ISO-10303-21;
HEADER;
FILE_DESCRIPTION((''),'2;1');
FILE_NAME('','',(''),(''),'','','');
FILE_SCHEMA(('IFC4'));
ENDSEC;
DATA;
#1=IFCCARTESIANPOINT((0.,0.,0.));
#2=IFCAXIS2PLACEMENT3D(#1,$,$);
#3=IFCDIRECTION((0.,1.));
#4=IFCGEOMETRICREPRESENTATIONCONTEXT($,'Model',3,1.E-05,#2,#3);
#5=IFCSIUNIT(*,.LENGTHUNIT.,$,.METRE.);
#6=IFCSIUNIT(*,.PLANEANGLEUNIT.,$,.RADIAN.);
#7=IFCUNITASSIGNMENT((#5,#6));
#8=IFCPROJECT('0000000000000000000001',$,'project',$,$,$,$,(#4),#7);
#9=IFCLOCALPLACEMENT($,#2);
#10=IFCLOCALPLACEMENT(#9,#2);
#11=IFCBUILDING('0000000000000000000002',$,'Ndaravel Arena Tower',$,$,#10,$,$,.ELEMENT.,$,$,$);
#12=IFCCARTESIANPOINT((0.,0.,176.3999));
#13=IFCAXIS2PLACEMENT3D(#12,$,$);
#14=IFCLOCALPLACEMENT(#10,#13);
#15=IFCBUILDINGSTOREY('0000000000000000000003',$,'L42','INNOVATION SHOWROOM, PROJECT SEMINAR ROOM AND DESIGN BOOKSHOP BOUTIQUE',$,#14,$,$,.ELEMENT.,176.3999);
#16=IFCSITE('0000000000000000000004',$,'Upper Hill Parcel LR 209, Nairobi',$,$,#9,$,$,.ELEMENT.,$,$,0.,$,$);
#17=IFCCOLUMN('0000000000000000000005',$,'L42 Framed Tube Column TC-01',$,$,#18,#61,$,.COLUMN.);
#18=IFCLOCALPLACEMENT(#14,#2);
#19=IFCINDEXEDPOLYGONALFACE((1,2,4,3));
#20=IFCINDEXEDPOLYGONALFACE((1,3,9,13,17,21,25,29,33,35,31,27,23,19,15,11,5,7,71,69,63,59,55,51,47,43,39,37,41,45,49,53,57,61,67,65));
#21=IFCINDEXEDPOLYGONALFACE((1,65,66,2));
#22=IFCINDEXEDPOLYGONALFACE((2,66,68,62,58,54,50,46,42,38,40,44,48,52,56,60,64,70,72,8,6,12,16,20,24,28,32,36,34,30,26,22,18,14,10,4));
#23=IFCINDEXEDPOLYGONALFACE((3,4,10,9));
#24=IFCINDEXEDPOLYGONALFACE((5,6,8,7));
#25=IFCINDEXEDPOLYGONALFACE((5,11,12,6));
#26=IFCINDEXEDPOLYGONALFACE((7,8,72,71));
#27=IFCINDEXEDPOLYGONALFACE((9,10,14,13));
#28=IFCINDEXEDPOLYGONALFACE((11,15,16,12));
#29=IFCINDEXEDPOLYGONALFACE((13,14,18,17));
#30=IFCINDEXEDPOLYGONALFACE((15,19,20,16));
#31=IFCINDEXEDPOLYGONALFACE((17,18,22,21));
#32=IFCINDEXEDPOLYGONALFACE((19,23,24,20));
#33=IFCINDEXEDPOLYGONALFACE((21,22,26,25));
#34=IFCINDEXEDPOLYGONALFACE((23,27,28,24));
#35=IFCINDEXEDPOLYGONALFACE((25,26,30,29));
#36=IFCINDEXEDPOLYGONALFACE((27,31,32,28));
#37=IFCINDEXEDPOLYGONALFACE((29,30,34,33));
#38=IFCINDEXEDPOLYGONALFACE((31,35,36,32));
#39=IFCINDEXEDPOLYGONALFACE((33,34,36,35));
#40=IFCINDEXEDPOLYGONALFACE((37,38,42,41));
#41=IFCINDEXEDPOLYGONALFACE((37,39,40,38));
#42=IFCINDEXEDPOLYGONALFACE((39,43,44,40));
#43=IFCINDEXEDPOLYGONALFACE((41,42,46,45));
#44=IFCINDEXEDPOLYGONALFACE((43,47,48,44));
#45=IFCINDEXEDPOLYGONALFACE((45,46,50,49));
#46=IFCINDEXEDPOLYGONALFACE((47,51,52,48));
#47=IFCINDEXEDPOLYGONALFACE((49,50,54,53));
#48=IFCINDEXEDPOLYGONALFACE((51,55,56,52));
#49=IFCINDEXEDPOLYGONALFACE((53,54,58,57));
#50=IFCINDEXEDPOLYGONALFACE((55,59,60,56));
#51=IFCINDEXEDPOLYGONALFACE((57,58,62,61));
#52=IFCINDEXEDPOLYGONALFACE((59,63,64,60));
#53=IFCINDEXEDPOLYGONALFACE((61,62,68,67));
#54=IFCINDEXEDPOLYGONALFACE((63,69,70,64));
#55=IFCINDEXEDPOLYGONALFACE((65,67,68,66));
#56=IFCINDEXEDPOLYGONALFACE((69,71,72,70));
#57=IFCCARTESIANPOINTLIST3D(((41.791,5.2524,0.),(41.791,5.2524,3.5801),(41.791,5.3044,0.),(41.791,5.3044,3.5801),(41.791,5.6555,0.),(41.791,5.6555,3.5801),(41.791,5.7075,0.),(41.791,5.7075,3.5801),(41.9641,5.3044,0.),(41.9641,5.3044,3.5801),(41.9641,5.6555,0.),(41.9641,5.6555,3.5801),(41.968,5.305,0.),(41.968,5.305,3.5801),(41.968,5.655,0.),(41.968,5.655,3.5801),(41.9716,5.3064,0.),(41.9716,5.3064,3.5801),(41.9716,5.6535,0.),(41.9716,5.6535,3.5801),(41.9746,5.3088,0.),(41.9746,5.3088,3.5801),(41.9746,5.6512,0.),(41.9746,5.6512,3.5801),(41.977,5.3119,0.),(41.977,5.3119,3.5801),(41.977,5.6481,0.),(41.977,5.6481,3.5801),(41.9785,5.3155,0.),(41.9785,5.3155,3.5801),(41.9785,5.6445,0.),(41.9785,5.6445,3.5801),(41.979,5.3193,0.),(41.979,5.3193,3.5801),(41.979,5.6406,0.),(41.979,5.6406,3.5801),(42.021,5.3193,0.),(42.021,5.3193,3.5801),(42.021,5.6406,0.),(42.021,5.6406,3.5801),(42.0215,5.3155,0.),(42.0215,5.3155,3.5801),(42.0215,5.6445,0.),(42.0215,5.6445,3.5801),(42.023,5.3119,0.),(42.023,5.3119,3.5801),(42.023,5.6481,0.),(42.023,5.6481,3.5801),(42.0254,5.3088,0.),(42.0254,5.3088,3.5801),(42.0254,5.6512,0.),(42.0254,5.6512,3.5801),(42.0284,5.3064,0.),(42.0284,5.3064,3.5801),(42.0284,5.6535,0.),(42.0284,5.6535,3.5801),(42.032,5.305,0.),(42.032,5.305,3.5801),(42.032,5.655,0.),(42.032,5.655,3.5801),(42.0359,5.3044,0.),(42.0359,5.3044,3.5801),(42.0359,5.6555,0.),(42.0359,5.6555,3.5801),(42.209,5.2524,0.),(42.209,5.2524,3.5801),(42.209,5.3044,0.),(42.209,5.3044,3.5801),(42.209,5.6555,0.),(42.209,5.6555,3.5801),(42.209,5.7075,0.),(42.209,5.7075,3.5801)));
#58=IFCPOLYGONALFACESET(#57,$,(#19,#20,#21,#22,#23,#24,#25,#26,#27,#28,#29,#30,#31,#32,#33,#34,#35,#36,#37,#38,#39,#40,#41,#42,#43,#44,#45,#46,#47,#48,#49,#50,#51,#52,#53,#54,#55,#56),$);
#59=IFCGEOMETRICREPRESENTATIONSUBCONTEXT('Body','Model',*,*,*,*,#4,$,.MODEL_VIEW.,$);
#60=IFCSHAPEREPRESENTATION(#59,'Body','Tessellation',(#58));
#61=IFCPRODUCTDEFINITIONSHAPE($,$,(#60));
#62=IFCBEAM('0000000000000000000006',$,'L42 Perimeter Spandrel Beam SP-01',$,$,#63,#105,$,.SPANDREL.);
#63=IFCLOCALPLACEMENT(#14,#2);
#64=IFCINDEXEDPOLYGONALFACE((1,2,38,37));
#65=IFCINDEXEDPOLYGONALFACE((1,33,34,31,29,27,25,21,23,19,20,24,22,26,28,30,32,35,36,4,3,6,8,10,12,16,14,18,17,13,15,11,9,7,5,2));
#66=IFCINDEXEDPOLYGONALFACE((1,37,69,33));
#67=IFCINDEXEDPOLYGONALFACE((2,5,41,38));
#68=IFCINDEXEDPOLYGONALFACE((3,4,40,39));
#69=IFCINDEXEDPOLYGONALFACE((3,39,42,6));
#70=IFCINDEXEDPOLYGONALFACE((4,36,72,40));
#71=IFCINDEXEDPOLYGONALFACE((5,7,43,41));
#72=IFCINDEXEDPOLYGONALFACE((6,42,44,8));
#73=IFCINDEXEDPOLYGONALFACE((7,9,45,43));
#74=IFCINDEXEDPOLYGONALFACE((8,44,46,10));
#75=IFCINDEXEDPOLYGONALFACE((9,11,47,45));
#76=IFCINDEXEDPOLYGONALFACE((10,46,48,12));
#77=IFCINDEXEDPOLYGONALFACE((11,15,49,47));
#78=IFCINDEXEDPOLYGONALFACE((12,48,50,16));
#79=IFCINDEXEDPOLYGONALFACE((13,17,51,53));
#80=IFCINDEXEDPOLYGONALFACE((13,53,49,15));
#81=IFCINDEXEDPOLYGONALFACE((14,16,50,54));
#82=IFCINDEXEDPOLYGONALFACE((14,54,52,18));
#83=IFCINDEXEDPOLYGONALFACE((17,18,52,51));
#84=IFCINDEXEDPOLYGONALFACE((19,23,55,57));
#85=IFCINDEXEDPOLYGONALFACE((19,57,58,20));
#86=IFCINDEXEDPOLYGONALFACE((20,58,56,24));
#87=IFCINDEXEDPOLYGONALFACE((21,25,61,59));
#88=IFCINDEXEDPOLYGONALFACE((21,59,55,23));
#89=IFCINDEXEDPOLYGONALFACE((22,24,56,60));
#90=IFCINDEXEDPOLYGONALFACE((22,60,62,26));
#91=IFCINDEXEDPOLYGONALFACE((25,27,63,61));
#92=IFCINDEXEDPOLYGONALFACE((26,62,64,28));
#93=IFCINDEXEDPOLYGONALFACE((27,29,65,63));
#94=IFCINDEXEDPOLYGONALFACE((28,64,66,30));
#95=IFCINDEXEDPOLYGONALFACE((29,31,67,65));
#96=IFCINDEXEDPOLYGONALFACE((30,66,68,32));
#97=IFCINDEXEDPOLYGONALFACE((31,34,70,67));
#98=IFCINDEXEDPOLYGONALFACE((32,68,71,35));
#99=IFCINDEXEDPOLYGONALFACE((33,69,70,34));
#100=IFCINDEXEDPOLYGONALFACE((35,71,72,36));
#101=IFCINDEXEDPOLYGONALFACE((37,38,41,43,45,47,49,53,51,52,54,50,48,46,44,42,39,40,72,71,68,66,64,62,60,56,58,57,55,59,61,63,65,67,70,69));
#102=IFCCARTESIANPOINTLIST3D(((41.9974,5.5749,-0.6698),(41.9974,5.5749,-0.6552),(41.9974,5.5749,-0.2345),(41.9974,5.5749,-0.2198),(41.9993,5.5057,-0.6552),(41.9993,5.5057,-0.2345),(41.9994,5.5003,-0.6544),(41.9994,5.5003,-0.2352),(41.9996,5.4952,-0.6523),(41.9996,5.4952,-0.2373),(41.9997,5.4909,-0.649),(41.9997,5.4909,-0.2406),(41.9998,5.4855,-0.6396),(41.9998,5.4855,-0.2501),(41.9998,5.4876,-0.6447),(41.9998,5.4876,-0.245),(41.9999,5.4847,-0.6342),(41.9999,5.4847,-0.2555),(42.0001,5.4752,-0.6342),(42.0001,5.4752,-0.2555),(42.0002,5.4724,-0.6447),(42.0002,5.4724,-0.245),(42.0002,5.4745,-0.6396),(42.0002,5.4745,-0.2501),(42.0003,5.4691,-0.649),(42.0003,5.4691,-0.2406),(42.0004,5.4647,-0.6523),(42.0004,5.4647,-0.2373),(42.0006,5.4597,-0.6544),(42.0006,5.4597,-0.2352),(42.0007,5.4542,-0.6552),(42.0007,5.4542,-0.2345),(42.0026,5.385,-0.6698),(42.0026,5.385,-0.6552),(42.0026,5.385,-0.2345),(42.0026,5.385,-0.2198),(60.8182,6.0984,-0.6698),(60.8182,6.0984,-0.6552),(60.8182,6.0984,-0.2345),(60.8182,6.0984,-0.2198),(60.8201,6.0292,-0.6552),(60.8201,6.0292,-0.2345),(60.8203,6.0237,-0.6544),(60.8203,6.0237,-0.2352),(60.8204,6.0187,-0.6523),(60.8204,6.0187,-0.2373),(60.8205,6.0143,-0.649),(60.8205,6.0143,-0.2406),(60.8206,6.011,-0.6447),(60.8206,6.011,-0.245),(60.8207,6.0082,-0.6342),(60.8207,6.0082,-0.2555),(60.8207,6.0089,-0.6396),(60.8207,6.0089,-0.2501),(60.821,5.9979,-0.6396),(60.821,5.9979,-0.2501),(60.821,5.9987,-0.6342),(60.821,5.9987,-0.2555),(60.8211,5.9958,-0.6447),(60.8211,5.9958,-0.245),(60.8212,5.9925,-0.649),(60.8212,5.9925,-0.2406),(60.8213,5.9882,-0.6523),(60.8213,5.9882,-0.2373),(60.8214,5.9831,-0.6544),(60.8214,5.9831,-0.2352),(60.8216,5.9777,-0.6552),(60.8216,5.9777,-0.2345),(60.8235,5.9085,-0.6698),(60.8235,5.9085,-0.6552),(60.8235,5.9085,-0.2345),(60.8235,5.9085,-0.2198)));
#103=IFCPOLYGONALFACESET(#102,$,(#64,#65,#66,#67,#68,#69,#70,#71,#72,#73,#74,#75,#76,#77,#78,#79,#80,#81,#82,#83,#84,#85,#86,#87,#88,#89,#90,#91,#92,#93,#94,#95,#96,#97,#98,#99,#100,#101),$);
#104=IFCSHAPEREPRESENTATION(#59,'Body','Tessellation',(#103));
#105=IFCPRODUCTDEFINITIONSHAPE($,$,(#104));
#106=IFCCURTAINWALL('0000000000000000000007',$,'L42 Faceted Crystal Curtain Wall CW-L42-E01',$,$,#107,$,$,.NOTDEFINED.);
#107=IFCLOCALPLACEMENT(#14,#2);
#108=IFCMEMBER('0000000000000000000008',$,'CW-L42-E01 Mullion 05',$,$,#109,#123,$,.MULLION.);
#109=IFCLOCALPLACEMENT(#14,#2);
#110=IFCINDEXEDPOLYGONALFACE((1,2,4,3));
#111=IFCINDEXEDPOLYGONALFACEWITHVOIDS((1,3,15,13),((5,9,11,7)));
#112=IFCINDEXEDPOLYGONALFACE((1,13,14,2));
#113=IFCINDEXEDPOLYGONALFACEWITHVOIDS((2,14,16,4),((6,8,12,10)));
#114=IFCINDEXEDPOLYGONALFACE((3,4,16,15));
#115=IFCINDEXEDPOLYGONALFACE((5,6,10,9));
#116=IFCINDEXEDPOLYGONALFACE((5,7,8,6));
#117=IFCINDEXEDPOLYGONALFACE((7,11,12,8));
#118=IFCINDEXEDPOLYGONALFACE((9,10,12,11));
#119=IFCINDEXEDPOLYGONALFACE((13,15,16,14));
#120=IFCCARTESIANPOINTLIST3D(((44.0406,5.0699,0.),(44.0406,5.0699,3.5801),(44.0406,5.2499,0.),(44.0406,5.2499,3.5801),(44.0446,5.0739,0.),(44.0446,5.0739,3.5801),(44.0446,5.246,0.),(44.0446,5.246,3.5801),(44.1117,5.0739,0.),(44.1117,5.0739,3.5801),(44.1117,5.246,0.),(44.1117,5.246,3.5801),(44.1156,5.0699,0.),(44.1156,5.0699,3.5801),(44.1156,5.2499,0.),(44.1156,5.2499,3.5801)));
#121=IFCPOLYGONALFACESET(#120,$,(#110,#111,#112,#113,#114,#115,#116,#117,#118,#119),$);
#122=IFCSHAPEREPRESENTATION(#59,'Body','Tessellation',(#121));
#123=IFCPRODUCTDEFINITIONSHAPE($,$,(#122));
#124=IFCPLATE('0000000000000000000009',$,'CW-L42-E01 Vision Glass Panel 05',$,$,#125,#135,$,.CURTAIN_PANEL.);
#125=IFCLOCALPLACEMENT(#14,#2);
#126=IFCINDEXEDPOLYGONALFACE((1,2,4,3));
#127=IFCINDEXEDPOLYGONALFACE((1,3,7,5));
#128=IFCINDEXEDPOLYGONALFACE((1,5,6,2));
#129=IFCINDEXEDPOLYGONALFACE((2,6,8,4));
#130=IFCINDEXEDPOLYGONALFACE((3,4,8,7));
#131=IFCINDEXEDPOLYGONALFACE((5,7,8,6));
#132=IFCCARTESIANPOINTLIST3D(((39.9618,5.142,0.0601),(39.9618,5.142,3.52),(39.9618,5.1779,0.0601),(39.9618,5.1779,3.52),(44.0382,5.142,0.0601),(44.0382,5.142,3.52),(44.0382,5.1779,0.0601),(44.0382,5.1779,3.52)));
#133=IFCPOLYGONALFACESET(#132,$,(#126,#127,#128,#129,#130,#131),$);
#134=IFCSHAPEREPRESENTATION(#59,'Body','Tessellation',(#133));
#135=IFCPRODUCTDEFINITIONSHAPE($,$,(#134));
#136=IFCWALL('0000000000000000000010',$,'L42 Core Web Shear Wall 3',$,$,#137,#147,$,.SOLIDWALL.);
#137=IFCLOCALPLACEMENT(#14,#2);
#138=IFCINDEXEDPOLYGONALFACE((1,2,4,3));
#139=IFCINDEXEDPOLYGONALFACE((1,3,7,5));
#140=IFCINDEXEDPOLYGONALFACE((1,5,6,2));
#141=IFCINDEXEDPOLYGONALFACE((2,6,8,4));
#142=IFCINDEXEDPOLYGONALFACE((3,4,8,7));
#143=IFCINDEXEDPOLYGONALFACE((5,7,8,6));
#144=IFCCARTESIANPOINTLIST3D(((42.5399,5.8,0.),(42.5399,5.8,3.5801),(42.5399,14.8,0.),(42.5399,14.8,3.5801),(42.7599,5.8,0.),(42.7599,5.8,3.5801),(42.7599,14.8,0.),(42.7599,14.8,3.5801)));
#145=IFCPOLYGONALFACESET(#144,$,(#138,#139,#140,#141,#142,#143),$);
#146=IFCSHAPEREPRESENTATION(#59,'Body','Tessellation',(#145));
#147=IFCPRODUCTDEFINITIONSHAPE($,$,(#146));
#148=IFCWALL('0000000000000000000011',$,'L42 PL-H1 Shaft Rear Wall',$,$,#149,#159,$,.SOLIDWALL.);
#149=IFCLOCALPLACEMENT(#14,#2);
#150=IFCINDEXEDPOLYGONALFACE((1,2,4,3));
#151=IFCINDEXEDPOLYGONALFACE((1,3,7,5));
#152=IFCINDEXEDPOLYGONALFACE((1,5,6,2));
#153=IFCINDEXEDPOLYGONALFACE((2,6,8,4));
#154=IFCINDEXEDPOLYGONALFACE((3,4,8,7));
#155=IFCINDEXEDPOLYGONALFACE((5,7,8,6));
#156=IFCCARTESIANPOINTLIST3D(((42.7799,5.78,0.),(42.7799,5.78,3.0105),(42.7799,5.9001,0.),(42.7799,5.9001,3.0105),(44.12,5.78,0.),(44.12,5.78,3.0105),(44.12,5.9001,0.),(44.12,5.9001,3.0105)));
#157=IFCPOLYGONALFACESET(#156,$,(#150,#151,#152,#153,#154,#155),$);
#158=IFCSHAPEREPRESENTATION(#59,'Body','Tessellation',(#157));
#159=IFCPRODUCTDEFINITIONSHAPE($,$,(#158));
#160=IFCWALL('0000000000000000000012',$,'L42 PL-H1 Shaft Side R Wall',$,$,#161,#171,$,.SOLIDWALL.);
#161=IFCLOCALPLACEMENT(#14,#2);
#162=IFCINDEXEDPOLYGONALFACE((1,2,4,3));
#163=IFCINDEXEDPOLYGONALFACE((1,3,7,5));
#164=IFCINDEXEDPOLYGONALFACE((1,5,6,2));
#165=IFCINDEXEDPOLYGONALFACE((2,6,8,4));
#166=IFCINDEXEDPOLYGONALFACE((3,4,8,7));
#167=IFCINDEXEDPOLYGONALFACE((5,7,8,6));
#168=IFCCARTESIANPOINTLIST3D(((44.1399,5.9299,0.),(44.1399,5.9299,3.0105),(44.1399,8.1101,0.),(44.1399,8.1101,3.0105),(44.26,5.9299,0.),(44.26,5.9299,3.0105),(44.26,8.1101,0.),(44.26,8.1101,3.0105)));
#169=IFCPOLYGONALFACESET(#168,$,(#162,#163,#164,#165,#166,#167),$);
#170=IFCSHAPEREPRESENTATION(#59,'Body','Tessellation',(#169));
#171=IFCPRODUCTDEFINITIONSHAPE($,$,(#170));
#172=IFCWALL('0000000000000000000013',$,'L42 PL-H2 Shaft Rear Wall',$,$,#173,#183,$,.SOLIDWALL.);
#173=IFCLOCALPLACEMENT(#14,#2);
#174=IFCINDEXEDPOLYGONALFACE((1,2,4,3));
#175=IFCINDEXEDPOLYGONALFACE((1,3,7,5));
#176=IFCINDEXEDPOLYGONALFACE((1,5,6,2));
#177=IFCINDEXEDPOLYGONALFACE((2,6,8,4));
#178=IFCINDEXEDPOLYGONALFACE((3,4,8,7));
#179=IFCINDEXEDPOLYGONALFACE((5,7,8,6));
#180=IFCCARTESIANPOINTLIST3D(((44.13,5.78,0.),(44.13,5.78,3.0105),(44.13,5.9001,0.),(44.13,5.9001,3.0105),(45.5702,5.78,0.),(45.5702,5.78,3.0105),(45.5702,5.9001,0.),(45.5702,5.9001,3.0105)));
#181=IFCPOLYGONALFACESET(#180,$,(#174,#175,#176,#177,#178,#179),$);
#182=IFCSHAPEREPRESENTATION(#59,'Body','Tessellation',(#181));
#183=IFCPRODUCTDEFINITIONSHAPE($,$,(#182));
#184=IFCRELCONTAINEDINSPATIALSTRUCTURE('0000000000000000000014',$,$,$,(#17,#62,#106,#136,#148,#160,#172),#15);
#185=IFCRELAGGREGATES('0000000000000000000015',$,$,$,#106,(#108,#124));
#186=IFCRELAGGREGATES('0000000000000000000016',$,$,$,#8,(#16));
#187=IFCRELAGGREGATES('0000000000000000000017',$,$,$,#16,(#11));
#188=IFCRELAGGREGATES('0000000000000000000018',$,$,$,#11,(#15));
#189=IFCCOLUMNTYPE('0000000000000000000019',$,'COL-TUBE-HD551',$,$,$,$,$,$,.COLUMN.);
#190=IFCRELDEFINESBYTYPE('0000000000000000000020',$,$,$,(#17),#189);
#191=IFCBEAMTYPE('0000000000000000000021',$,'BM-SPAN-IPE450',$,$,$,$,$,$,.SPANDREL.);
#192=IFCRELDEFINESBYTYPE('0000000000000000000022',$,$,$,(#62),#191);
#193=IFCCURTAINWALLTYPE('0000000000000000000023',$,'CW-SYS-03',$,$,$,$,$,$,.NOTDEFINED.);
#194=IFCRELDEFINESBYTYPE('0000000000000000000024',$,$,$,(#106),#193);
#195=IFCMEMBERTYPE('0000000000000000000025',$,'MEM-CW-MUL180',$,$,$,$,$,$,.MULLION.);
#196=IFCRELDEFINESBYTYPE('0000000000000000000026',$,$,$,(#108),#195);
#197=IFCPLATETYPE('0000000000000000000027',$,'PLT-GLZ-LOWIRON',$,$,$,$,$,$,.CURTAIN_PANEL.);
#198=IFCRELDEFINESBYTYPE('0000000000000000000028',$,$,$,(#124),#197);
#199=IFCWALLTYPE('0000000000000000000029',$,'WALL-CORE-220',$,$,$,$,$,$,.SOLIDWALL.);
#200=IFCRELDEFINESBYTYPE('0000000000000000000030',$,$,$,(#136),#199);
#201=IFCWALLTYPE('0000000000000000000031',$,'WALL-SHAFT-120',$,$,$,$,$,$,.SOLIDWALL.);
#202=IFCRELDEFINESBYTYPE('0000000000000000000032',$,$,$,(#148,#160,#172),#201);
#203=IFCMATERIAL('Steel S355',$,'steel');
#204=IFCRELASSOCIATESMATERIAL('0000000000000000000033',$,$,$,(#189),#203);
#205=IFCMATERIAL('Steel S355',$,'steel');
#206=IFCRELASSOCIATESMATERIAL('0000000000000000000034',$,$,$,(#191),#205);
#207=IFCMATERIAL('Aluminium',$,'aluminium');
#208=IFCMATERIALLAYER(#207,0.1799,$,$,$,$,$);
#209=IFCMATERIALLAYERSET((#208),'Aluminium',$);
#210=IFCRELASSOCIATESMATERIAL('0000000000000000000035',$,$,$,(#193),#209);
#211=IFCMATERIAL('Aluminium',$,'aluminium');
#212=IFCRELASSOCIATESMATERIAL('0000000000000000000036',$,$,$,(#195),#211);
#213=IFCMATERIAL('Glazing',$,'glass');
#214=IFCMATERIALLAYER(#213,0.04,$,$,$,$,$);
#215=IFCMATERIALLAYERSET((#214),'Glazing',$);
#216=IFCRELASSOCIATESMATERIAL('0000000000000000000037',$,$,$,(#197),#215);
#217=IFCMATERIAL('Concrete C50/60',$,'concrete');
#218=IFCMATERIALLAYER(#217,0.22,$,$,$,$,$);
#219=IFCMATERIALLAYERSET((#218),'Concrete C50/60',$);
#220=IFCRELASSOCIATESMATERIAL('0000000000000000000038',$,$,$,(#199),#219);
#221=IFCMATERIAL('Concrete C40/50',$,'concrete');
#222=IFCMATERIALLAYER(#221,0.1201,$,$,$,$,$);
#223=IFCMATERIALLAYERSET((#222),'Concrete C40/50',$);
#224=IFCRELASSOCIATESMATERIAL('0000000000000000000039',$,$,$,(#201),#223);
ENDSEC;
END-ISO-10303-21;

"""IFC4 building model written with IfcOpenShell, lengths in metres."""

from ifc_helpers import new_model, si_unit, direction, frame, frame_2d, origin, origin_2d, place, context, subcontext, project, spatial, rectangle, hollow_rectangle, i_section, extrude, material, layer, layer_set, material_profile, profile_set, type_object, element, aggregate, save


model = new_model("IFC4")

# Units and contexts
model_context = context("Model", 3, precision=1e-05, world=origin(), true_north=direction((0.0, 1.0)))
body_context = subcontext(model_context, "Body", "Model", "MODEL_VIEW")
ifc_project = project(units=[si_unit("LENGTHUNIT", "METRE"), si_unit("PLANEANGLEUNIT", "RADIAN")], contexts=[model_context])

# Site, building, storey
site_placement = place(None, origin())
site = spatial("IfcSite", under=ifc_project, at=site_placement, Name="Upper Hill Parcel LR 209, Nairobi", CompositionType="ELEMENT", RefElevation=0.0)
building_placement = place(site_placement, origin())
building = spatial("IfcBuilding", under=site, at=building_placement, Name="Ndaravel Arena Tower", CompositionType="ELEMENT")
storey_placement = place(building_placement, frame((0.0, 0.0, 176.3999)))
storey = spatial("IfcBuildingStorey", under=building, at=storey_placement, Name="L42", Description="INNOVATION SHOWROOM, PROJECT SEMINAR ROOM AND DESIGN BOOKSHOP BOUTIQUE", CompositionType="ELEMENT", Elevation=176.3999)

# Column
ifc_material_1 = material(Name="Steel S355", Category="steel")
ifc_material_profile_1 = material_profile(ifc_material_1, i_section(OverallWidth=0.418, OverallDepth=0.4551, WebThickness=0.042, FlangeThickness=0.052, FilletRadius=0.0149, at=origin_2d()), Name="HD 400x551")
ifc_profile_set_1 = profile_set([ifc_material_profile_1], Name="Steel S355")
column_type = type_object("IfcColumnType", Name="COL-TUBE-HD551", PredefinedType="COLUMN", material=ifc_profile_set_1)
column_placement = place(storey_placement, frame((42.0, 5.48, 0.0), z_axis=(0.0, 0.0, 1.0), x_axis=(1.0, 0.0, 0.0)))
element("IfcColumn", 1, at=column_placement, inside=storey, type_object=column_type, Name="L42 Framed Tube Column TC-01", PredefinedType="COLUMN", context=body_context, shape_type="SweptSolid", body=[
    extrude(i_section(OverallWidth=0.418, OverallDepth=0.4551, WebThickness=0.042, FlangeThickness=0.052, FilletRadius=0.0149, at=origin_2d()), origin(), (0.0, 0.0, 1.0), 3.5801),
])

# Beam
ifc_material_2 = material(Name="Steel S355", Category="steel")
ifc_material_profile_2 = material_profile(ifc_material_2, i_section(OverallWidth=0.1899, OverallDepth=0.45, WebThickness=0.0095, FlangeThickness=0.0146, FilletRadius=0.021, at=origin_2d()), Name="IPE 450")
ifc_profile_set_2 = profile_set([ifc_material_profile_2], Name="Steel S355")
beam_type = type_object("IfcBeamType", Name="BM-SPAN-IPE450", PredefinedType="SPANDREL", material=ifc_profile_set_2)
beam_placement = place(storey_placement, frame((42.0, 5.48, -0.4448), z_axis=(0.999613, 0.027801, 0.0), x_axis=(-0.027801, 0.999613, 0.0)))
element("IfcBeam", 2, at=beam_placement, inside=storey, type_object=beam_type, Name="L42 Perimeter Spandrel Beam SP-01", PredefinedType="SPANDREL", context=body_context, shape_type="SweptSolid", body=[
    extrude(i_section(OverallWidth=0.1899, OverallDepth=0.45, WebThickness=0.0095, FlangeThickness=0.0146, FilletRadius=0.021, at=origin_2d()), origin(), (0.0, 0.0, 1.0), 18.8281),
])

# Curtain wall, member, plate
ifc_material_3 = material(Name="Aluminium", Category="aluminium")
ifc_layer_1 = layer(ifc_material_3, 0.1799)
ifc_layer_set_1 = layer_set([ifc_layer_1], Name="Aluminium")
curtain_wall_type = type_object("IfcCurtainWallType", Name="CW-SYS-03", PredefinedType="NOTDEFINED", material=ifc_layer_set_1)
curtain_wall_placement = place(storey_placement, origin())
curtain_wall = element("IfcCurtainWall", 3, at=curtain_wall_placement, inside=storey, type_object=curtain_wall_type, Name="L42 Faceted Crystal Curtain Wall CW-L42-E01", PredefinedType="NOTDEFINED")
ifc_material_4 = material(Name="Aluminium", Category="aluminium")
ifc_material_profile_3 = material_profile(ifc_material_4, hollow_rectangle(XDim=0.075, YDim=0.1799, WallThickness=0.0039, at=origin_2d()), Name="CW MULLION 75x180x4")
ifc_profile_set_3 = profile_set([ifc_material_profile_3], Name="Aluminium")
member_type = type_object("IfcMemberType", Name="MEM-CW-MUL180", PredefinedType="MULLION", material=ifc_profile_set_3)
member_placement = place(storey_placement, frame((44.0781, 5.1599, 0.0), z_axis=(0.0, 0.0, 1.0), x_axis=(1.0, 0.0, 0.0)))
member = element("IfcMember", 4, at=member_placement, type_object=member_type, Name="CW-L42-E01 Mullion 05", PredefinedType="MULLION", context=body_context, shape_type="SweptSolid", body=[
    extrude(hollow_rectangle(XDim=0.075, YDim=0.1799, WallThickness=0.0039, at=origin_2d()), origin(), (0.0, 0.0, 1.0), 3.5801),
])
ifc_material_5 = material(Name="Glazing", Category="glass")
ifc_layer_2 = layer(ifc_material_5, 0.04)
ifc_layer_set_2 = layer_set([ifc_layer_2], Name="Glazing")
plate_type = type_object("IfcPlateType", Name="PLT-GLZ-LOWIRON", PredefinedType="CURTAIN_PANEL", material=ifc_layer_set_2)
plate_placement = place(storey_placement, frame((42.0, 5.1599, 0.0601), z_axis=(0.0, 0.0, 1.0), x_axis=(1.0, 0.0, 0.0)))
plate = element("IfcPlate", 5, at=plate_placement, type_object=plate_type, Name="CW-L42-E01 Vision Glass Panel 05", PredefinedType="CURTAIN_PANEL", context=body_context, shape_type="SweptSolid", body=[
    extrude(rectangle(XDim=4.0764, YDim=0.0359, at=origin_2d()), origin(), (0.0, 0.0, 1.0), 3.46),
])
aggregate(curtain_wall, [member, plate])

# Walls
ifc_material_6 = material(Name="Concrete C50/60", Category="concrete")
ifc_layer_3 = layer(ifc_material_6, 0.22)
ifc_layer_set_3 = layer_set([ifc_layer_3], Name="Concrete C50/60")
wall_type_1 = type_object("IfcWallType", Name="WALL-CORE-220", PredefinedType="SOLIDWALL", material=ifc_layer_set_3)
wall_1_placement = place(storey_placement, frame((42.6499, 5.8, 0.0), z_axis=(0.0, 0.0, 1.0), x_axis=(0.0, 1.0, 0.0)))
element("IfcWall", 6, at=wall_1_placement, inside=storey, type_object=wall_type_1, Name="L42 Core Web Shear Wall 3", PredefinedType="SOLIDWALL", context=body_context, shape_type="SweptSolid", body=[
    extrude(rectangle(XDim=9.0, YDim=0.22, at=frame_2d((4.5, 0.0))), origin(), (0.0, 0.0, 1.0), 3.5801),
])
ifc_material_7 = material(Name="Concrete C40/50", Category="concrete")
ifc_layer_4 = layer(ifc_material_7, 0.1201)
ifc_layer_set_4 = layer_set([ifc_layer_4], Name="Concrete C40/50")
wall_type_2 = type_object("IfcWallType", Name="WALL-SHAFT-120", PredefinedType="SOLIDWALL", material=ifc_layer_set_4)
wall_2_placement = place(storey_placement, frame((42.78, 5.8401, 0.0), z_axis=(0.0, 0.0, 1.0), x_axis=(1.0, 0.0, 0.0)))
element("IfcWall", 7, at=wall_2_placement, inside=storey, type_object=wall_type_2, Name="L42 PL-H1 Shaft Rear Wall", PredefinedType="SOLIDWALL", context=body_context, shape_type="SweptSolid", body=[
    extrude(rectangle(XDim=1.3401, YDim=0.1201, at=frame_2d((0.6699, 0.0))), origin(), (0.0, 0.0, 1.0), 3.0105),
])
wall_3_placement = place(storey_placement, frame((44.2, 5.9299, 0.0), z_axis=(0.0, 0.0, 1.0), x_axis=(0.0, 1.0, 0.0)))
element("IfcWall", 8, at=wall_3_placement, inside=storey, type_object=wall_type_2, Name="L42 PL-H1 Shaft Side R Wall", PredefinedType="SOLIDWALL", context=body_context, shape_type="SweptSolid", body=[
    extrude(rectangle(XDim=2.1802, YDim=0.1201, at=frame_2d((1.0901, 0.0))), origin(), (0.0, 0.0, 1.0), 3.0105),
])
wall_4_placement = place(storey_placement, frame((44.1299, 5.8401, 0.0), z_axis=(0.0, 0.0, 1.0), x_axis=(1.0, 0.0, 0.0)))
element("IfcWall", 9, at=wall_4_placement, inside=storey, type_object=wall_type_2, Name="L42 PL-H2 Shaft Rear Wall", PredefinedType="SOLIDWALL", context=body_context, shape_type="SweptSolid", body=[
    extrude(rectangle(XDim=1.4402, YDim=0.1201, at=frame_2d((0.7202, 0.0))), origin(), (0.0, 0.0, 1.0), 3.0105),
])

save(model, "model.ifc")
